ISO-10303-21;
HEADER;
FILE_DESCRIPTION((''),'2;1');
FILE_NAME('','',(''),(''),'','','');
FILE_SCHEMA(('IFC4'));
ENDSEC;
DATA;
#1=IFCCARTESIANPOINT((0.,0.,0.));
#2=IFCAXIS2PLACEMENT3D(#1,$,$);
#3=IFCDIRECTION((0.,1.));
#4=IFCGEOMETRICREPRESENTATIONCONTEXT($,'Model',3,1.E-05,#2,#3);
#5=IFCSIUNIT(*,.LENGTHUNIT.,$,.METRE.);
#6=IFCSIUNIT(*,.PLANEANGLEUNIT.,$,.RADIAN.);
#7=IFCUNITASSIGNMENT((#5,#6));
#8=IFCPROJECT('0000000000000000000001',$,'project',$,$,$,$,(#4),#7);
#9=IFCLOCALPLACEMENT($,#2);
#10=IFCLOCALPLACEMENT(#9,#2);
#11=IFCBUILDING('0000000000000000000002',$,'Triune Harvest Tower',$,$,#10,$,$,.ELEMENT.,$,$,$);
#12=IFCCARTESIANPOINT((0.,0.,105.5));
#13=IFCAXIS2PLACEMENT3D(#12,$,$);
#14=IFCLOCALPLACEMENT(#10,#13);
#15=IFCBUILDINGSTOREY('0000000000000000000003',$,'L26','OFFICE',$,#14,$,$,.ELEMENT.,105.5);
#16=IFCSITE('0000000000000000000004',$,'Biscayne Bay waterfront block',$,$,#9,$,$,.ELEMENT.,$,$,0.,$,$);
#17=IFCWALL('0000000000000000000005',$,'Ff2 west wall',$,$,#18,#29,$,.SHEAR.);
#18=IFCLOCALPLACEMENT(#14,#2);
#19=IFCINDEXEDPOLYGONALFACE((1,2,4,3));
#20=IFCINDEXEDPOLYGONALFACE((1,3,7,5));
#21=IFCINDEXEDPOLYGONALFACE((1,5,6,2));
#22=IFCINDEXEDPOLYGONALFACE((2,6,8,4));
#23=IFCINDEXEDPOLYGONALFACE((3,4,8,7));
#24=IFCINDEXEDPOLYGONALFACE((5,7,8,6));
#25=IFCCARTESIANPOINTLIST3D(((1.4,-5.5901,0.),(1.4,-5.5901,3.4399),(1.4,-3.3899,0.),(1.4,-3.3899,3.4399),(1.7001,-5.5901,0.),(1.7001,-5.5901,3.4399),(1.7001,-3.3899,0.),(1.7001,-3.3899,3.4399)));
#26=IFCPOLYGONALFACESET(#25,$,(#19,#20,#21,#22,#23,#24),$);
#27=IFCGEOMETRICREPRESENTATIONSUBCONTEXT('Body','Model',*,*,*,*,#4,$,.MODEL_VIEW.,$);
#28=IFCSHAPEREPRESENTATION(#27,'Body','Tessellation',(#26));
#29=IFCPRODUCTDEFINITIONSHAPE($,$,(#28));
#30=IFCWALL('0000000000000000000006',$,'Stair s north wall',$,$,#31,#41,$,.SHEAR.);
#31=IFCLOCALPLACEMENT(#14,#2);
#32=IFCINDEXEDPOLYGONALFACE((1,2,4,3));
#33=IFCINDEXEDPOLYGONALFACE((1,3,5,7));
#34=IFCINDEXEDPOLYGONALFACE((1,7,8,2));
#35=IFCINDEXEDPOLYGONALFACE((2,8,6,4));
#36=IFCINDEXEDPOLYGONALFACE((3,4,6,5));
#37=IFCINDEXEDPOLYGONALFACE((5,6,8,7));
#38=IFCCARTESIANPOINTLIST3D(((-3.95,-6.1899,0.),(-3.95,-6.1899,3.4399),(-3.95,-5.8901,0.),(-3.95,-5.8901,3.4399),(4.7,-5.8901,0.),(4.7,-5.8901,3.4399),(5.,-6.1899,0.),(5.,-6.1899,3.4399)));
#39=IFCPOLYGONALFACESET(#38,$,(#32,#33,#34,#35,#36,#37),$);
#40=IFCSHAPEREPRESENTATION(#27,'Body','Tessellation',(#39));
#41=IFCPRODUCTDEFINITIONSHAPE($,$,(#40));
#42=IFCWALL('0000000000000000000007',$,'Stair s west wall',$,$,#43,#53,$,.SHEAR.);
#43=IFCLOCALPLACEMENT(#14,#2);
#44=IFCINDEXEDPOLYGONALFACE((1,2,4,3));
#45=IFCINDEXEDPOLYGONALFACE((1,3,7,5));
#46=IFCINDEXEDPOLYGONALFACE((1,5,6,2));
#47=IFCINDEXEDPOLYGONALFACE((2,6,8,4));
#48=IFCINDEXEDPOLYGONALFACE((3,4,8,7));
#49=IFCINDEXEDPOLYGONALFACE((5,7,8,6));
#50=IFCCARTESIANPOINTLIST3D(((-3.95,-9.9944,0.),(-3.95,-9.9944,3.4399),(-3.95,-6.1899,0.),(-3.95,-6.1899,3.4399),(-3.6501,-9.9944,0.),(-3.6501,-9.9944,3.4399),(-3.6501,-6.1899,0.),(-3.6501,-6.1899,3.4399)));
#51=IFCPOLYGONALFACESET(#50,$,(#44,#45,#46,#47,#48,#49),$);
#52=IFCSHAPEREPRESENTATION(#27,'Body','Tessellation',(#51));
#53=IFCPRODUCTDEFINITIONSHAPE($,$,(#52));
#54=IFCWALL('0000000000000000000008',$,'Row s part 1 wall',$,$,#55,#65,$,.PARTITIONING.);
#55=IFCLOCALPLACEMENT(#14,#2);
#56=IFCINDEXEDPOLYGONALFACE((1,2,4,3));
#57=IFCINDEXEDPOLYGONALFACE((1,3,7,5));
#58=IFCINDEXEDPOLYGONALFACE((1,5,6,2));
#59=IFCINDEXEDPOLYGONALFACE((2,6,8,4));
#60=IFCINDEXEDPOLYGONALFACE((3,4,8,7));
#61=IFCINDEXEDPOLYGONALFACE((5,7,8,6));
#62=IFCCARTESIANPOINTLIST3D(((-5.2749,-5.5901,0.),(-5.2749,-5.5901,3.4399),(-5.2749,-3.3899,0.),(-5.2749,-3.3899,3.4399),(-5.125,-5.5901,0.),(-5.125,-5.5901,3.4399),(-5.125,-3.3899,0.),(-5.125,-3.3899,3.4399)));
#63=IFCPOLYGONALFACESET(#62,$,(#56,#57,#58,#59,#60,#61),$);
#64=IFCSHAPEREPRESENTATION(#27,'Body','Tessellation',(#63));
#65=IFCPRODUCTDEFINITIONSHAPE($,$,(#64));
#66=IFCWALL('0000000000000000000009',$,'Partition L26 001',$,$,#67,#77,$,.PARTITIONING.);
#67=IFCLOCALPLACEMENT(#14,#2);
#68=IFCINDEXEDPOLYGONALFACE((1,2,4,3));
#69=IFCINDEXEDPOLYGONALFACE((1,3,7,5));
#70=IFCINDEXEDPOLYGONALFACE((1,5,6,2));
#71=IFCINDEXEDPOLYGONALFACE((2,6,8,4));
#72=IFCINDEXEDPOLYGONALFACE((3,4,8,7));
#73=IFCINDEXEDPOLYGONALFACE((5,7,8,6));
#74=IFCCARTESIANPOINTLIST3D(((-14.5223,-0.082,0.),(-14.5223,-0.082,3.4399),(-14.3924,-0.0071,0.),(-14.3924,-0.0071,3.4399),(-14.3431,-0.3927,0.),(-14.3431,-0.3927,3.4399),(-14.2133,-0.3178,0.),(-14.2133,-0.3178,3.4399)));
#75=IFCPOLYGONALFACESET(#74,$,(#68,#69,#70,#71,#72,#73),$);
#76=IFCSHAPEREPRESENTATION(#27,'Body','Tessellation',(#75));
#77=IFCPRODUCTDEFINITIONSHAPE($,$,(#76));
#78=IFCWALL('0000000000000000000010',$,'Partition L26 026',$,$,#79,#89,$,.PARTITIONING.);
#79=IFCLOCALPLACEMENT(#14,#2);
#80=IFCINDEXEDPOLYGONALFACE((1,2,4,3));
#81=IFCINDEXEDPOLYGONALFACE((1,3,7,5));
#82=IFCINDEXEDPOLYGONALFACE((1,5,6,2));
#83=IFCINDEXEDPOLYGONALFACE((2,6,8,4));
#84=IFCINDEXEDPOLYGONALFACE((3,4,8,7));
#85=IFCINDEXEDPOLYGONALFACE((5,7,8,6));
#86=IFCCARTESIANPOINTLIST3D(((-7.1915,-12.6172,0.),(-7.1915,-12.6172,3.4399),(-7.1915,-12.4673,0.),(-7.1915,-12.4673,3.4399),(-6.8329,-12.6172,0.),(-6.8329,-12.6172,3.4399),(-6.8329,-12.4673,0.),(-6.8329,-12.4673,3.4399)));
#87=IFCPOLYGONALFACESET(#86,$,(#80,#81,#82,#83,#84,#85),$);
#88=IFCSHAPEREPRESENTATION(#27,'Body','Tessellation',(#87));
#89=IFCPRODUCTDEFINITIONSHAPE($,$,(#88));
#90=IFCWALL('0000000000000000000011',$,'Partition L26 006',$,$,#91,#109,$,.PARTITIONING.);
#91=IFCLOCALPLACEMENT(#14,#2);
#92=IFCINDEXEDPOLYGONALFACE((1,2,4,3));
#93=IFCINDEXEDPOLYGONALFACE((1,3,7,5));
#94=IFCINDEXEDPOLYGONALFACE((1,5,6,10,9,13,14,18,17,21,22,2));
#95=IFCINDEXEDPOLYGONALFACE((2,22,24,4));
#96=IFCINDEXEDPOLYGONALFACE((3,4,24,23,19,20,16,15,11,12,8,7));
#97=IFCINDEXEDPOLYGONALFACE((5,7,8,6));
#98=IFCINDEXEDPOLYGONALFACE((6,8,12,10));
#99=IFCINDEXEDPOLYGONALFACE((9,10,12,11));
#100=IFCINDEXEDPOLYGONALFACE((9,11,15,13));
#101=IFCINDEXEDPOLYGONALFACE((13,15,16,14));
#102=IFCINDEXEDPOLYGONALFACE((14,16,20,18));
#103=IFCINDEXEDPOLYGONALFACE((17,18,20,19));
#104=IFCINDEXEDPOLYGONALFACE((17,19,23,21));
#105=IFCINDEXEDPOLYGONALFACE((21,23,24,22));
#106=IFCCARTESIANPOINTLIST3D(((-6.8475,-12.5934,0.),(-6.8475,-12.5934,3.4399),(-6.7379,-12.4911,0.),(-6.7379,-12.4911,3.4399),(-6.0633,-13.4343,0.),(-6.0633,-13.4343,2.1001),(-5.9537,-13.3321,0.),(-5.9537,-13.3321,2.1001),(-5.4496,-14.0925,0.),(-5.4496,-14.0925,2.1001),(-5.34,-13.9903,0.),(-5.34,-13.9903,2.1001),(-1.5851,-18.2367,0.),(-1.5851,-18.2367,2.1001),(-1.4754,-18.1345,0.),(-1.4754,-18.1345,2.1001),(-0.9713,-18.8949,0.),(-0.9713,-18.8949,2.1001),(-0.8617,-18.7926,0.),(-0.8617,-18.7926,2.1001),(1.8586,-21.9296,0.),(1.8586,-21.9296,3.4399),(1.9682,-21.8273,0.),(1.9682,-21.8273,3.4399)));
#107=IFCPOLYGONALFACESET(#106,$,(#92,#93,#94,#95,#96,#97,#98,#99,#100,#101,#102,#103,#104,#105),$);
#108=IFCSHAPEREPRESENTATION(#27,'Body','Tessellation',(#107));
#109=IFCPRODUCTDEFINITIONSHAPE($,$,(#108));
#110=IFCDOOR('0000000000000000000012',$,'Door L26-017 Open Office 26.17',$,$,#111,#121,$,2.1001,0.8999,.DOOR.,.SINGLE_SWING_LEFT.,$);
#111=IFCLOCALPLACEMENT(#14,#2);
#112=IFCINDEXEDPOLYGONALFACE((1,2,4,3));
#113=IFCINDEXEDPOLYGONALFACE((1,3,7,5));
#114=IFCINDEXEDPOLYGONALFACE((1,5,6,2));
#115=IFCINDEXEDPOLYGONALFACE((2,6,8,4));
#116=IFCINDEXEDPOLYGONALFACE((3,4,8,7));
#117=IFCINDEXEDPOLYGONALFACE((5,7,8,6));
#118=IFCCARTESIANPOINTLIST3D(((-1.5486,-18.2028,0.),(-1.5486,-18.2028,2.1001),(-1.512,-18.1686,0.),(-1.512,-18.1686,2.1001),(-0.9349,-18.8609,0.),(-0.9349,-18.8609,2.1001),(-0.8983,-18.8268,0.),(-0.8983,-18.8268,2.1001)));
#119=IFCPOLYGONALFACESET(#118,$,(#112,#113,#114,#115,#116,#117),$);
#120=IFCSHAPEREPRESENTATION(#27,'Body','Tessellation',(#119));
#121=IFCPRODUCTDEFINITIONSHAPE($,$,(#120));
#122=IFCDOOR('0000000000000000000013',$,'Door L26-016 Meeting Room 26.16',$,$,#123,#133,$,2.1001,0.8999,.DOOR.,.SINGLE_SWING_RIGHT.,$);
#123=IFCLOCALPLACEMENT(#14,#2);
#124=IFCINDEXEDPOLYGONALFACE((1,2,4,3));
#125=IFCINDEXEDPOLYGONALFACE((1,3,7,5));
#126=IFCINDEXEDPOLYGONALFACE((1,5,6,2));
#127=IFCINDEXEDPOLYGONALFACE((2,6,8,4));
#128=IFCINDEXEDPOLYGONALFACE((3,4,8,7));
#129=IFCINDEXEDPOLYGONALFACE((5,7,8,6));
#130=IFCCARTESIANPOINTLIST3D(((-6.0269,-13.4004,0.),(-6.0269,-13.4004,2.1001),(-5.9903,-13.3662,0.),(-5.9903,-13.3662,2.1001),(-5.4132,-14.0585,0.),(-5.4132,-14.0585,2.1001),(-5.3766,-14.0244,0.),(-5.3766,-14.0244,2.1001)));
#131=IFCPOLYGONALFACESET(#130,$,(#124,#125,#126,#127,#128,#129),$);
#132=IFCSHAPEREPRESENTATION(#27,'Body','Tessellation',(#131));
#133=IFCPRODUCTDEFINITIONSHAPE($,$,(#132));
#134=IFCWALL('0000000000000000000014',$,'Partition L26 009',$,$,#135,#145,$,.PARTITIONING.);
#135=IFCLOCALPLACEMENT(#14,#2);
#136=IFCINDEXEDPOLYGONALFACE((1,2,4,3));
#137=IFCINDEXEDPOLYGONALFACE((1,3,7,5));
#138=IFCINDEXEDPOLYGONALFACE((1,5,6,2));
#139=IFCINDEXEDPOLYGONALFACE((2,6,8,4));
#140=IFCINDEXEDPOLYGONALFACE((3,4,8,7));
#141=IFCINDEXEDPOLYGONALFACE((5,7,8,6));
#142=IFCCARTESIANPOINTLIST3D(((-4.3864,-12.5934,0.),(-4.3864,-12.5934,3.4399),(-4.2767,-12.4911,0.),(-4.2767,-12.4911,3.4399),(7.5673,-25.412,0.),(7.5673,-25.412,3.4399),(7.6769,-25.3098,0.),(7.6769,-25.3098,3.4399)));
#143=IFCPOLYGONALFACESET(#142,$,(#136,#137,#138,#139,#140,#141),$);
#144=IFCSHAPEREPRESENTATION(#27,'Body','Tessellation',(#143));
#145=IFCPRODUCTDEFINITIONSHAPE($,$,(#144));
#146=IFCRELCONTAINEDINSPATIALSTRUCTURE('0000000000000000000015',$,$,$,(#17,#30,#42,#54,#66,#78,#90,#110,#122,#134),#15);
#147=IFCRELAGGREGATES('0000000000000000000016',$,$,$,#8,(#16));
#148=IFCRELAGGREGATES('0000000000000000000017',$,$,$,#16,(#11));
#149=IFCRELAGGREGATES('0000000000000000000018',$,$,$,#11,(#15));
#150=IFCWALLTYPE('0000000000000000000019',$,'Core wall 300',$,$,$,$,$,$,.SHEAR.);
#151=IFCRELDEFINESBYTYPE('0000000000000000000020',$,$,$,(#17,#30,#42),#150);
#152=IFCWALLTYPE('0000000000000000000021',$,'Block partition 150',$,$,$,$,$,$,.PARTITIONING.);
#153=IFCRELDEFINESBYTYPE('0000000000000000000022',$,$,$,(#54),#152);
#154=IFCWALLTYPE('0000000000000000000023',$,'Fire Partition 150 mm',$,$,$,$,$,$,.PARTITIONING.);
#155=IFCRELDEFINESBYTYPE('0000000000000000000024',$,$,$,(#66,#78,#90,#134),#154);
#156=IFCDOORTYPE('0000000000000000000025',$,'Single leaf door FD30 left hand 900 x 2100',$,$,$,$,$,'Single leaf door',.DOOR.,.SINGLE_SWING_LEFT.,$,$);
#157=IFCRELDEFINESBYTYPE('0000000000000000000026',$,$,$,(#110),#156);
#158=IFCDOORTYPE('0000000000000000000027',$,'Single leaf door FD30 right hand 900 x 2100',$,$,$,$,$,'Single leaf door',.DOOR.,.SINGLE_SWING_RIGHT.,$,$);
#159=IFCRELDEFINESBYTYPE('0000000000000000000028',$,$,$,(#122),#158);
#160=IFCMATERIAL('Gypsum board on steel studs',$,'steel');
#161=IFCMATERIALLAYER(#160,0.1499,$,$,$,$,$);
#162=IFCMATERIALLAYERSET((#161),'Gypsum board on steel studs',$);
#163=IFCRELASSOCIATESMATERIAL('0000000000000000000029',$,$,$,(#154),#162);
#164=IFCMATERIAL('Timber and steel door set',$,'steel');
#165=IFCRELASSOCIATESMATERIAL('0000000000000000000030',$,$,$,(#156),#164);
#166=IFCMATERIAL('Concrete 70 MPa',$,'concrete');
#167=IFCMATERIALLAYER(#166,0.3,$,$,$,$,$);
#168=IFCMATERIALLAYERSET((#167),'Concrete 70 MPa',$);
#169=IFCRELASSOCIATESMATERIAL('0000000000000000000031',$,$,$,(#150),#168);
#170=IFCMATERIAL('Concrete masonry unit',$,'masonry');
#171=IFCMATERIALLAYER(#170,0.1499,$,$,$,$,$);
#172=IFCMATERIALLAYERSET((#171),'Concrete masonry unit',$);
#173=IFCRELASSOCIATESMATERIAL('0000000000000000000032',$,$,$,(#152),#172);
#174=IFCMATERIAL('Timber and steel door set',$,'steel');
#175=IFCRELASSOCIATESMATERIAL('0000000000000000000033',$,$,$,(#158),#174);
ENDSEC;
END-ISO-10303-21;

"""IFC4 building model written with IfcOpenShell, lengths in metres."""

from ifc_helpers import new_model, si_unit, direction, frame, frame_2d, origin, place, context, subcontext, project, spatial, polyline, rectangle, outline, extrude, source, transform, mapped, material, layer, layer_set, type_object, element, fill, save


model = new_model("IFC4")

# Units and contexts
model_context = context("Model", 3, precision=1e-05, world=origin(), true_north=direction((0.0, 1.0)))
body_context = subcontext(model_context, "Body", "Model", "MODEL_VIEW")
ifc_project = project(units=[si_unit("LENGTHUNIT", "METRE"), si_unit("PLANEANGLEUNIT", "RADIAN")], contexts=[model_context])

# Site, building, storey
site_placement = place(None, origin())
site = spatial("IfcSite", under=ifc_project, at=site_placement, Name="Biscayne Bay waterfront block", CompositionType="ELEMENT", RefElevation=0.0)
building_placement = place(site_placement, origin())
building = spatial("IfcBuilding", under=site, at=building_placement, Name="Triune Harvest Tower", CompositionType="ELEMENT")
storey_placement = place(building_placement, frame((0.0, 0.0, 105.5)))
storey = spatial("IfcBuildingStorey", under=building, at=storey_placement, Name="L26", Description="OFFICE", CompositionType="ELEMENT", Elevation=105.5)

# Shared definitions
ifc_material_1 = material(Name="Gypsum board on steel studs", Category="steel")
ifc_layer_1 = layer(ifc_material_1, 0.1499)
ifc_layer_set_1 = layer_set([ifc_layer_1], Name="Gypsum board on steel studs")
wall_type_1 = type_object("IfcWallType", Name="Fire Partition 150 mm", PredefinedType="PARTITIONING", material=ifc_layer_set_1)

# Shared definitions
ifc_material_2 = material(Name="Timber and steel door set", Category="steel")
door_type_1 = type_object("IfcDoorType", Name="Single leaf door FD30 left hand 900 x 2100", ElementType="Single leaf door", OperationType="SINGLE_SWING_LEFT", PredefinedType="DOOR", material=ifc_material_2)

# Shared definitions
ifc_material_3 = material(Name="Concrete 70 MPa", Category="concrete")
ifc_layer_2 = layer(ifc_material_3, 0.3)
ifc_layer_set_2 = layer_set([ifc_layer_2], Name="Concrete 70 MPa")
wall_type_2 = type_object("IfcWallType", Name="Core wall 300", PredefinedType="SHEAR", material=ifc_layer_set_2)

# Walls
shared_shape_1 = source(origin(), body_context, "Body", "SweptSolid", [
    extrude(rectangle(XDim=2.2002, YDim=0.3, at=frame_2d((1.1001, 0.0))), origin(), (0.0, 0.0, 1.0), 3.4399),
])
for number, where, z_axis, x_axis, name in (
    (1, (1.55, -5.5901, 0.0), (0.0, 0.0, 1.0), (0.0, 1.0, 0.0), "Ff2 west wall"),
):
    element("IfcWall", number, at=place(storey_placement, frame(where, z_axis=z_axis, x_axis=x_axis)), inside=storey, type_object=wall_type_2, Name=name, PredefinedType="SHEAR", context=body_context, shape_type="MappedRepresentation", body=[
        mapped(shared_shape_1, transform((0.0, 0.0, 0.0), scale=1.0)),
    ])
shared_shape_2 = source(origin(), body_context, "Body", "SweptSolid", [
    extrude(outline(polyline([(0.0, -0.1499), (8.95, -0.1499), (8.6499, 0.1499), (0.0, 0.1499), (0.0, -0.1499)])), origin(), (0.0, 0.0, 1.0), 3.4399),
])
wall_1_placement = place(storey_placement, frame((-3.95, -6.04, 0.0), z_axis=(0.0, 0.0, 1.0), x_axis=(1.0, 0.0, 0.0)))
element("IfcWall", 2, at=wall_1_placement, inside=storey, type_object=wall_type_2, Name="Stair s north wall", PredefinedType="SHEAR", context=body_context, shape_type="MappedRepresentation", body=[
    mapped(shared_shape_2, transform((0.0, 0.0, 0.0), scale=1.0)),
])
shared_shape_3 = source(origin(), body_context, "Body", "SweptSolid", [
    extrude(outline(polyline([(3.8, -0.1499), (-0.0044, -0.1499), (-0.0044, 0.1499), (3.8, 0.1499), (3.8, -0.1499)])), origin(), (0.0, 0.0, 1.0), 3.4399),
])
wall_2_placement = place(storey_placement, frame((-3.8, -9.99, 0.0), z_axis=(0.0, 0.0, 1.0), x_axis=(0.0, 1.0, 0.0)))
element("IfcWall", 3, at=wall_2_placement, inside=storey, type_object=wall_type_2, Name="Stair s west wall", PredefinedType="SHEAR", context=body_context, shape_type="MappedRepresentation", body=[
    mapped(shared_shape_3, transform((0.0, 0.0, 0.0), scale=1.0)),
])
ifc_material_4 = material(Name="Concrete masonry unit", Category="masonry")
ifc_layer_3 = layer(ifc_material_4, 0.1499)
ifc_layer_set_3 = layer_set([ifc_layer_3], Name="Concrete masonry unit")
wall_type_3 = type_object("IfcWallType", Name="Block partition 150", PredefinedType="PARTITIONING", material=ifc_layer_set_3)
shared_shape_4 = source(origin(), body_context, "Body", "SweptSolid", [
    extrude(rectangle(XDim=2.2002, YDim=0.1499, at=frame_2d((1.1001, 0.0))), origin(), (0.0, 0.0, 1.0), 3.4399),
])
wall_3_placement = place(storey_placement, frame((-5.2, -5.5901, 0.0), z_axis=(0.0, 0.0, 1.0), x_axis=(0.0, 1.0, 0.0)))
element("IfcWall", 4, at=wall_3_placement, inside=storey, type_object=wall_type_3, Name="Row s part 1 wall", PredefinedType="PARTITIONING", context=body_context, shape_type="MappedRepresentation", body=[
    mapped(shared_shape_4, transform((0.0, 0.0, 0.0), scale=1.0)),
])
shared_shape_5 = source(origin(), body_context, "Body", "SweptSolid", [
    extrude(rectangle(XDim=0.3586, YDim=0.1499, at=frame_2d((0.1792, 0.0))), origin(), (0.0, 0.0, 1.0), 3.4399),
])
for number, where, z_axis, x_axis, name in (
    (5, (-14.4573, -0.0447, 0.0), (0.0, 0.0, 1.0), (0.499506, -0.86631, 0.0), "Partition L26 001"),
    (6, (-7.1914, -12.5422, 0.0), (0.0, 0.0, 1.0), (1.0, 0.0, 0.0), "Partition L26 026"),
):
    element("IfcWall", number, at=place(storey_placement, frame(where, z_axis=z_axis, x_axis=x_axis)), inside=storey, type_object=wall_type_1, Name=name, PredefinedType="PARTITIONING", context=body_context, shape_type="MappedRepresentation", body=[
        mapped(shared_shape_5, transform((0.0, 0.0, 0.0), scale=1.0)),
    ])

# Wall, openings, doors
shared_shape_6 = source(origin(), body_context, "Body", "SweptSolid", [
    extrude(rectangle(XDim=12.7656, YDim=0.1499, at=frame_2d((6.3828, 0.0))), origin(), (0.0, 0.0, 1.0), 3.4399),
])
wall_4_placement = place(storey_placement, frame((-6.7927, -12.5422, 0.0), z_axis=(0.0, 0.0, 1.0), x_axis=(0.681995, -0.731357, 0.0)))
wall_4 = element("IfcWall", 7, at=wall_4_placement, inside=storey, type_object=wall_type_1, Name="Partition L26 006", PredefinedType="PARTITIONING", context=body_context, shape_type="MappedRepresentation", body=[
    mapped(shared_shape_6, transform((0.0, 0.0, 0.0), scale=1.0)),
])
opening_1_placement = place(wall_4_placement, frame((1.1499, 0.0, 0.0)))
opening_1 = element("IfcOpeningElement", 8, at=opening_1_placement, cuts=wall_4, PredefinedType="OPENING", context=body_context, shape_type="SweptSolid", body=[
    extrude(rectangle(XDim=0.8999, YDim=2.1001, at=frame_2d((0.45, 1.05))), frame((0.0, 0.085, 0.0), z_axis=(0.0, -1.0, 0.0), x_axis=(1.0, 0.0, 0.0)), (0.0, 0.0, 1.0), 0.1699),
])
opening_2_placement = place(wall_4_placement, frame((7.7163, 0.0, 0.0)))
opening_2 = element("IfcOpeningElement", 9, at=opening_2_placement, cuts=wall_4, PredefinedType="OPENING", context=body_context, shape_type="SweptSolid", body=[
    extrude(rectangle(XDim=0.8999, YDim=2.1001, at=frame_2d((0.45, 1.05))), frame((0.0, 0.085, 0.0), z_axis=(0.0, -1.0, 0.0), x_axis=(1.0, 0.0, 0.0)), (0.0, 0.0, 1.0), 0.1699),
])
door_1_placement = place(opening_2_placement, origin())
door_1 = element("IfcDoor", 10, at=door_1_placement, inside=storey, type_object=door_type_1, Name="Door L26-017 Open Office 26.17", OperationType="SINGLE_SWING_LEFT", OverallHeight=2.1001, OverallWidth=0.8999, PredefinedType="DOOR", context=body_context, shape_type="SweptSolid", body=[
    extrude(rectangle(XDim=0.8999, YDim=2.1001, at=frame_2d((0.45, 1.05))), frame((0.0, 0.0249, 0.0), z_axis=(0.0, -1.0, 0.0), x_axis=(1.0, 0.0, 0.0)), (0.0, 0.0, 1.0), 0.05),
])
fill(opening_2, door_1)
ifc_material_5 = material(Name="Timber and steel door set", Category="steel")
door_type_2 = type_object("IfcDoorType", Name="Single leaf door FD30 right hand 900 x 2100", ElementType="Single leaf door", OperationType="SINGLE_SWING_RIGHT", PredefinedType="DOOR", material=ifc_material_5)
door_2_placement = place(opening_1_placement, origin())
door_2 = element("IfcDoor", 11, at=door_2_placement, inside=storey, type_object=door_type_2, Name="Door L26-016 Meeting Room 26.16", OperationType="SINGLE_SWING_RIGHT", OverallHeight=2.1001, OverallWidth=0.8999, PredefinedType="DOOR", context=body_context, shape_type="SweptSolid", body=[
    extrude(rectangle(XDim=0.8999, YDim=2.1001, at=frame_2d((0.45, 1.05))), frame((0.0, 0.0249, 0.0), z_axis=(0.0, -1.0, 0.0), x_axis=(1.0, 0.0, 0.0)), (0.0, 0.0, 1.0), 0.05),
])
fill(opening_1, door_2)

# Wall
shared_shape_7 = source(origin(), body_context, "Body", "SweptSolid", [
    extrude(rectangle(XDim=17.5273, YDim=0.1499, at=frame_2d((8.7637, 0.0))), origin(), (0.0, 0.0, 1.0), 3.4399),
])
wall_5_placement = place(storey_placement, frame((-4.3315, -12.5422, 0.0), z_axis=(0.0, 0.0, 1.0), x_axis=(0.682001, -0.731352, 0.0)))
element("IfcWall", 12, at=wall_5_placement, inside=storey, type_object=wall_type_1, Name="Partition L26 009", PredefinedType="PARTITIONING", context=body_context, shape_type="MappedRepresentation", body=[
    mapped(shared_shape_7, transform((0.0, 0.0, 0.0), scale=1.0)),
])

save(model, "model.ifc")
